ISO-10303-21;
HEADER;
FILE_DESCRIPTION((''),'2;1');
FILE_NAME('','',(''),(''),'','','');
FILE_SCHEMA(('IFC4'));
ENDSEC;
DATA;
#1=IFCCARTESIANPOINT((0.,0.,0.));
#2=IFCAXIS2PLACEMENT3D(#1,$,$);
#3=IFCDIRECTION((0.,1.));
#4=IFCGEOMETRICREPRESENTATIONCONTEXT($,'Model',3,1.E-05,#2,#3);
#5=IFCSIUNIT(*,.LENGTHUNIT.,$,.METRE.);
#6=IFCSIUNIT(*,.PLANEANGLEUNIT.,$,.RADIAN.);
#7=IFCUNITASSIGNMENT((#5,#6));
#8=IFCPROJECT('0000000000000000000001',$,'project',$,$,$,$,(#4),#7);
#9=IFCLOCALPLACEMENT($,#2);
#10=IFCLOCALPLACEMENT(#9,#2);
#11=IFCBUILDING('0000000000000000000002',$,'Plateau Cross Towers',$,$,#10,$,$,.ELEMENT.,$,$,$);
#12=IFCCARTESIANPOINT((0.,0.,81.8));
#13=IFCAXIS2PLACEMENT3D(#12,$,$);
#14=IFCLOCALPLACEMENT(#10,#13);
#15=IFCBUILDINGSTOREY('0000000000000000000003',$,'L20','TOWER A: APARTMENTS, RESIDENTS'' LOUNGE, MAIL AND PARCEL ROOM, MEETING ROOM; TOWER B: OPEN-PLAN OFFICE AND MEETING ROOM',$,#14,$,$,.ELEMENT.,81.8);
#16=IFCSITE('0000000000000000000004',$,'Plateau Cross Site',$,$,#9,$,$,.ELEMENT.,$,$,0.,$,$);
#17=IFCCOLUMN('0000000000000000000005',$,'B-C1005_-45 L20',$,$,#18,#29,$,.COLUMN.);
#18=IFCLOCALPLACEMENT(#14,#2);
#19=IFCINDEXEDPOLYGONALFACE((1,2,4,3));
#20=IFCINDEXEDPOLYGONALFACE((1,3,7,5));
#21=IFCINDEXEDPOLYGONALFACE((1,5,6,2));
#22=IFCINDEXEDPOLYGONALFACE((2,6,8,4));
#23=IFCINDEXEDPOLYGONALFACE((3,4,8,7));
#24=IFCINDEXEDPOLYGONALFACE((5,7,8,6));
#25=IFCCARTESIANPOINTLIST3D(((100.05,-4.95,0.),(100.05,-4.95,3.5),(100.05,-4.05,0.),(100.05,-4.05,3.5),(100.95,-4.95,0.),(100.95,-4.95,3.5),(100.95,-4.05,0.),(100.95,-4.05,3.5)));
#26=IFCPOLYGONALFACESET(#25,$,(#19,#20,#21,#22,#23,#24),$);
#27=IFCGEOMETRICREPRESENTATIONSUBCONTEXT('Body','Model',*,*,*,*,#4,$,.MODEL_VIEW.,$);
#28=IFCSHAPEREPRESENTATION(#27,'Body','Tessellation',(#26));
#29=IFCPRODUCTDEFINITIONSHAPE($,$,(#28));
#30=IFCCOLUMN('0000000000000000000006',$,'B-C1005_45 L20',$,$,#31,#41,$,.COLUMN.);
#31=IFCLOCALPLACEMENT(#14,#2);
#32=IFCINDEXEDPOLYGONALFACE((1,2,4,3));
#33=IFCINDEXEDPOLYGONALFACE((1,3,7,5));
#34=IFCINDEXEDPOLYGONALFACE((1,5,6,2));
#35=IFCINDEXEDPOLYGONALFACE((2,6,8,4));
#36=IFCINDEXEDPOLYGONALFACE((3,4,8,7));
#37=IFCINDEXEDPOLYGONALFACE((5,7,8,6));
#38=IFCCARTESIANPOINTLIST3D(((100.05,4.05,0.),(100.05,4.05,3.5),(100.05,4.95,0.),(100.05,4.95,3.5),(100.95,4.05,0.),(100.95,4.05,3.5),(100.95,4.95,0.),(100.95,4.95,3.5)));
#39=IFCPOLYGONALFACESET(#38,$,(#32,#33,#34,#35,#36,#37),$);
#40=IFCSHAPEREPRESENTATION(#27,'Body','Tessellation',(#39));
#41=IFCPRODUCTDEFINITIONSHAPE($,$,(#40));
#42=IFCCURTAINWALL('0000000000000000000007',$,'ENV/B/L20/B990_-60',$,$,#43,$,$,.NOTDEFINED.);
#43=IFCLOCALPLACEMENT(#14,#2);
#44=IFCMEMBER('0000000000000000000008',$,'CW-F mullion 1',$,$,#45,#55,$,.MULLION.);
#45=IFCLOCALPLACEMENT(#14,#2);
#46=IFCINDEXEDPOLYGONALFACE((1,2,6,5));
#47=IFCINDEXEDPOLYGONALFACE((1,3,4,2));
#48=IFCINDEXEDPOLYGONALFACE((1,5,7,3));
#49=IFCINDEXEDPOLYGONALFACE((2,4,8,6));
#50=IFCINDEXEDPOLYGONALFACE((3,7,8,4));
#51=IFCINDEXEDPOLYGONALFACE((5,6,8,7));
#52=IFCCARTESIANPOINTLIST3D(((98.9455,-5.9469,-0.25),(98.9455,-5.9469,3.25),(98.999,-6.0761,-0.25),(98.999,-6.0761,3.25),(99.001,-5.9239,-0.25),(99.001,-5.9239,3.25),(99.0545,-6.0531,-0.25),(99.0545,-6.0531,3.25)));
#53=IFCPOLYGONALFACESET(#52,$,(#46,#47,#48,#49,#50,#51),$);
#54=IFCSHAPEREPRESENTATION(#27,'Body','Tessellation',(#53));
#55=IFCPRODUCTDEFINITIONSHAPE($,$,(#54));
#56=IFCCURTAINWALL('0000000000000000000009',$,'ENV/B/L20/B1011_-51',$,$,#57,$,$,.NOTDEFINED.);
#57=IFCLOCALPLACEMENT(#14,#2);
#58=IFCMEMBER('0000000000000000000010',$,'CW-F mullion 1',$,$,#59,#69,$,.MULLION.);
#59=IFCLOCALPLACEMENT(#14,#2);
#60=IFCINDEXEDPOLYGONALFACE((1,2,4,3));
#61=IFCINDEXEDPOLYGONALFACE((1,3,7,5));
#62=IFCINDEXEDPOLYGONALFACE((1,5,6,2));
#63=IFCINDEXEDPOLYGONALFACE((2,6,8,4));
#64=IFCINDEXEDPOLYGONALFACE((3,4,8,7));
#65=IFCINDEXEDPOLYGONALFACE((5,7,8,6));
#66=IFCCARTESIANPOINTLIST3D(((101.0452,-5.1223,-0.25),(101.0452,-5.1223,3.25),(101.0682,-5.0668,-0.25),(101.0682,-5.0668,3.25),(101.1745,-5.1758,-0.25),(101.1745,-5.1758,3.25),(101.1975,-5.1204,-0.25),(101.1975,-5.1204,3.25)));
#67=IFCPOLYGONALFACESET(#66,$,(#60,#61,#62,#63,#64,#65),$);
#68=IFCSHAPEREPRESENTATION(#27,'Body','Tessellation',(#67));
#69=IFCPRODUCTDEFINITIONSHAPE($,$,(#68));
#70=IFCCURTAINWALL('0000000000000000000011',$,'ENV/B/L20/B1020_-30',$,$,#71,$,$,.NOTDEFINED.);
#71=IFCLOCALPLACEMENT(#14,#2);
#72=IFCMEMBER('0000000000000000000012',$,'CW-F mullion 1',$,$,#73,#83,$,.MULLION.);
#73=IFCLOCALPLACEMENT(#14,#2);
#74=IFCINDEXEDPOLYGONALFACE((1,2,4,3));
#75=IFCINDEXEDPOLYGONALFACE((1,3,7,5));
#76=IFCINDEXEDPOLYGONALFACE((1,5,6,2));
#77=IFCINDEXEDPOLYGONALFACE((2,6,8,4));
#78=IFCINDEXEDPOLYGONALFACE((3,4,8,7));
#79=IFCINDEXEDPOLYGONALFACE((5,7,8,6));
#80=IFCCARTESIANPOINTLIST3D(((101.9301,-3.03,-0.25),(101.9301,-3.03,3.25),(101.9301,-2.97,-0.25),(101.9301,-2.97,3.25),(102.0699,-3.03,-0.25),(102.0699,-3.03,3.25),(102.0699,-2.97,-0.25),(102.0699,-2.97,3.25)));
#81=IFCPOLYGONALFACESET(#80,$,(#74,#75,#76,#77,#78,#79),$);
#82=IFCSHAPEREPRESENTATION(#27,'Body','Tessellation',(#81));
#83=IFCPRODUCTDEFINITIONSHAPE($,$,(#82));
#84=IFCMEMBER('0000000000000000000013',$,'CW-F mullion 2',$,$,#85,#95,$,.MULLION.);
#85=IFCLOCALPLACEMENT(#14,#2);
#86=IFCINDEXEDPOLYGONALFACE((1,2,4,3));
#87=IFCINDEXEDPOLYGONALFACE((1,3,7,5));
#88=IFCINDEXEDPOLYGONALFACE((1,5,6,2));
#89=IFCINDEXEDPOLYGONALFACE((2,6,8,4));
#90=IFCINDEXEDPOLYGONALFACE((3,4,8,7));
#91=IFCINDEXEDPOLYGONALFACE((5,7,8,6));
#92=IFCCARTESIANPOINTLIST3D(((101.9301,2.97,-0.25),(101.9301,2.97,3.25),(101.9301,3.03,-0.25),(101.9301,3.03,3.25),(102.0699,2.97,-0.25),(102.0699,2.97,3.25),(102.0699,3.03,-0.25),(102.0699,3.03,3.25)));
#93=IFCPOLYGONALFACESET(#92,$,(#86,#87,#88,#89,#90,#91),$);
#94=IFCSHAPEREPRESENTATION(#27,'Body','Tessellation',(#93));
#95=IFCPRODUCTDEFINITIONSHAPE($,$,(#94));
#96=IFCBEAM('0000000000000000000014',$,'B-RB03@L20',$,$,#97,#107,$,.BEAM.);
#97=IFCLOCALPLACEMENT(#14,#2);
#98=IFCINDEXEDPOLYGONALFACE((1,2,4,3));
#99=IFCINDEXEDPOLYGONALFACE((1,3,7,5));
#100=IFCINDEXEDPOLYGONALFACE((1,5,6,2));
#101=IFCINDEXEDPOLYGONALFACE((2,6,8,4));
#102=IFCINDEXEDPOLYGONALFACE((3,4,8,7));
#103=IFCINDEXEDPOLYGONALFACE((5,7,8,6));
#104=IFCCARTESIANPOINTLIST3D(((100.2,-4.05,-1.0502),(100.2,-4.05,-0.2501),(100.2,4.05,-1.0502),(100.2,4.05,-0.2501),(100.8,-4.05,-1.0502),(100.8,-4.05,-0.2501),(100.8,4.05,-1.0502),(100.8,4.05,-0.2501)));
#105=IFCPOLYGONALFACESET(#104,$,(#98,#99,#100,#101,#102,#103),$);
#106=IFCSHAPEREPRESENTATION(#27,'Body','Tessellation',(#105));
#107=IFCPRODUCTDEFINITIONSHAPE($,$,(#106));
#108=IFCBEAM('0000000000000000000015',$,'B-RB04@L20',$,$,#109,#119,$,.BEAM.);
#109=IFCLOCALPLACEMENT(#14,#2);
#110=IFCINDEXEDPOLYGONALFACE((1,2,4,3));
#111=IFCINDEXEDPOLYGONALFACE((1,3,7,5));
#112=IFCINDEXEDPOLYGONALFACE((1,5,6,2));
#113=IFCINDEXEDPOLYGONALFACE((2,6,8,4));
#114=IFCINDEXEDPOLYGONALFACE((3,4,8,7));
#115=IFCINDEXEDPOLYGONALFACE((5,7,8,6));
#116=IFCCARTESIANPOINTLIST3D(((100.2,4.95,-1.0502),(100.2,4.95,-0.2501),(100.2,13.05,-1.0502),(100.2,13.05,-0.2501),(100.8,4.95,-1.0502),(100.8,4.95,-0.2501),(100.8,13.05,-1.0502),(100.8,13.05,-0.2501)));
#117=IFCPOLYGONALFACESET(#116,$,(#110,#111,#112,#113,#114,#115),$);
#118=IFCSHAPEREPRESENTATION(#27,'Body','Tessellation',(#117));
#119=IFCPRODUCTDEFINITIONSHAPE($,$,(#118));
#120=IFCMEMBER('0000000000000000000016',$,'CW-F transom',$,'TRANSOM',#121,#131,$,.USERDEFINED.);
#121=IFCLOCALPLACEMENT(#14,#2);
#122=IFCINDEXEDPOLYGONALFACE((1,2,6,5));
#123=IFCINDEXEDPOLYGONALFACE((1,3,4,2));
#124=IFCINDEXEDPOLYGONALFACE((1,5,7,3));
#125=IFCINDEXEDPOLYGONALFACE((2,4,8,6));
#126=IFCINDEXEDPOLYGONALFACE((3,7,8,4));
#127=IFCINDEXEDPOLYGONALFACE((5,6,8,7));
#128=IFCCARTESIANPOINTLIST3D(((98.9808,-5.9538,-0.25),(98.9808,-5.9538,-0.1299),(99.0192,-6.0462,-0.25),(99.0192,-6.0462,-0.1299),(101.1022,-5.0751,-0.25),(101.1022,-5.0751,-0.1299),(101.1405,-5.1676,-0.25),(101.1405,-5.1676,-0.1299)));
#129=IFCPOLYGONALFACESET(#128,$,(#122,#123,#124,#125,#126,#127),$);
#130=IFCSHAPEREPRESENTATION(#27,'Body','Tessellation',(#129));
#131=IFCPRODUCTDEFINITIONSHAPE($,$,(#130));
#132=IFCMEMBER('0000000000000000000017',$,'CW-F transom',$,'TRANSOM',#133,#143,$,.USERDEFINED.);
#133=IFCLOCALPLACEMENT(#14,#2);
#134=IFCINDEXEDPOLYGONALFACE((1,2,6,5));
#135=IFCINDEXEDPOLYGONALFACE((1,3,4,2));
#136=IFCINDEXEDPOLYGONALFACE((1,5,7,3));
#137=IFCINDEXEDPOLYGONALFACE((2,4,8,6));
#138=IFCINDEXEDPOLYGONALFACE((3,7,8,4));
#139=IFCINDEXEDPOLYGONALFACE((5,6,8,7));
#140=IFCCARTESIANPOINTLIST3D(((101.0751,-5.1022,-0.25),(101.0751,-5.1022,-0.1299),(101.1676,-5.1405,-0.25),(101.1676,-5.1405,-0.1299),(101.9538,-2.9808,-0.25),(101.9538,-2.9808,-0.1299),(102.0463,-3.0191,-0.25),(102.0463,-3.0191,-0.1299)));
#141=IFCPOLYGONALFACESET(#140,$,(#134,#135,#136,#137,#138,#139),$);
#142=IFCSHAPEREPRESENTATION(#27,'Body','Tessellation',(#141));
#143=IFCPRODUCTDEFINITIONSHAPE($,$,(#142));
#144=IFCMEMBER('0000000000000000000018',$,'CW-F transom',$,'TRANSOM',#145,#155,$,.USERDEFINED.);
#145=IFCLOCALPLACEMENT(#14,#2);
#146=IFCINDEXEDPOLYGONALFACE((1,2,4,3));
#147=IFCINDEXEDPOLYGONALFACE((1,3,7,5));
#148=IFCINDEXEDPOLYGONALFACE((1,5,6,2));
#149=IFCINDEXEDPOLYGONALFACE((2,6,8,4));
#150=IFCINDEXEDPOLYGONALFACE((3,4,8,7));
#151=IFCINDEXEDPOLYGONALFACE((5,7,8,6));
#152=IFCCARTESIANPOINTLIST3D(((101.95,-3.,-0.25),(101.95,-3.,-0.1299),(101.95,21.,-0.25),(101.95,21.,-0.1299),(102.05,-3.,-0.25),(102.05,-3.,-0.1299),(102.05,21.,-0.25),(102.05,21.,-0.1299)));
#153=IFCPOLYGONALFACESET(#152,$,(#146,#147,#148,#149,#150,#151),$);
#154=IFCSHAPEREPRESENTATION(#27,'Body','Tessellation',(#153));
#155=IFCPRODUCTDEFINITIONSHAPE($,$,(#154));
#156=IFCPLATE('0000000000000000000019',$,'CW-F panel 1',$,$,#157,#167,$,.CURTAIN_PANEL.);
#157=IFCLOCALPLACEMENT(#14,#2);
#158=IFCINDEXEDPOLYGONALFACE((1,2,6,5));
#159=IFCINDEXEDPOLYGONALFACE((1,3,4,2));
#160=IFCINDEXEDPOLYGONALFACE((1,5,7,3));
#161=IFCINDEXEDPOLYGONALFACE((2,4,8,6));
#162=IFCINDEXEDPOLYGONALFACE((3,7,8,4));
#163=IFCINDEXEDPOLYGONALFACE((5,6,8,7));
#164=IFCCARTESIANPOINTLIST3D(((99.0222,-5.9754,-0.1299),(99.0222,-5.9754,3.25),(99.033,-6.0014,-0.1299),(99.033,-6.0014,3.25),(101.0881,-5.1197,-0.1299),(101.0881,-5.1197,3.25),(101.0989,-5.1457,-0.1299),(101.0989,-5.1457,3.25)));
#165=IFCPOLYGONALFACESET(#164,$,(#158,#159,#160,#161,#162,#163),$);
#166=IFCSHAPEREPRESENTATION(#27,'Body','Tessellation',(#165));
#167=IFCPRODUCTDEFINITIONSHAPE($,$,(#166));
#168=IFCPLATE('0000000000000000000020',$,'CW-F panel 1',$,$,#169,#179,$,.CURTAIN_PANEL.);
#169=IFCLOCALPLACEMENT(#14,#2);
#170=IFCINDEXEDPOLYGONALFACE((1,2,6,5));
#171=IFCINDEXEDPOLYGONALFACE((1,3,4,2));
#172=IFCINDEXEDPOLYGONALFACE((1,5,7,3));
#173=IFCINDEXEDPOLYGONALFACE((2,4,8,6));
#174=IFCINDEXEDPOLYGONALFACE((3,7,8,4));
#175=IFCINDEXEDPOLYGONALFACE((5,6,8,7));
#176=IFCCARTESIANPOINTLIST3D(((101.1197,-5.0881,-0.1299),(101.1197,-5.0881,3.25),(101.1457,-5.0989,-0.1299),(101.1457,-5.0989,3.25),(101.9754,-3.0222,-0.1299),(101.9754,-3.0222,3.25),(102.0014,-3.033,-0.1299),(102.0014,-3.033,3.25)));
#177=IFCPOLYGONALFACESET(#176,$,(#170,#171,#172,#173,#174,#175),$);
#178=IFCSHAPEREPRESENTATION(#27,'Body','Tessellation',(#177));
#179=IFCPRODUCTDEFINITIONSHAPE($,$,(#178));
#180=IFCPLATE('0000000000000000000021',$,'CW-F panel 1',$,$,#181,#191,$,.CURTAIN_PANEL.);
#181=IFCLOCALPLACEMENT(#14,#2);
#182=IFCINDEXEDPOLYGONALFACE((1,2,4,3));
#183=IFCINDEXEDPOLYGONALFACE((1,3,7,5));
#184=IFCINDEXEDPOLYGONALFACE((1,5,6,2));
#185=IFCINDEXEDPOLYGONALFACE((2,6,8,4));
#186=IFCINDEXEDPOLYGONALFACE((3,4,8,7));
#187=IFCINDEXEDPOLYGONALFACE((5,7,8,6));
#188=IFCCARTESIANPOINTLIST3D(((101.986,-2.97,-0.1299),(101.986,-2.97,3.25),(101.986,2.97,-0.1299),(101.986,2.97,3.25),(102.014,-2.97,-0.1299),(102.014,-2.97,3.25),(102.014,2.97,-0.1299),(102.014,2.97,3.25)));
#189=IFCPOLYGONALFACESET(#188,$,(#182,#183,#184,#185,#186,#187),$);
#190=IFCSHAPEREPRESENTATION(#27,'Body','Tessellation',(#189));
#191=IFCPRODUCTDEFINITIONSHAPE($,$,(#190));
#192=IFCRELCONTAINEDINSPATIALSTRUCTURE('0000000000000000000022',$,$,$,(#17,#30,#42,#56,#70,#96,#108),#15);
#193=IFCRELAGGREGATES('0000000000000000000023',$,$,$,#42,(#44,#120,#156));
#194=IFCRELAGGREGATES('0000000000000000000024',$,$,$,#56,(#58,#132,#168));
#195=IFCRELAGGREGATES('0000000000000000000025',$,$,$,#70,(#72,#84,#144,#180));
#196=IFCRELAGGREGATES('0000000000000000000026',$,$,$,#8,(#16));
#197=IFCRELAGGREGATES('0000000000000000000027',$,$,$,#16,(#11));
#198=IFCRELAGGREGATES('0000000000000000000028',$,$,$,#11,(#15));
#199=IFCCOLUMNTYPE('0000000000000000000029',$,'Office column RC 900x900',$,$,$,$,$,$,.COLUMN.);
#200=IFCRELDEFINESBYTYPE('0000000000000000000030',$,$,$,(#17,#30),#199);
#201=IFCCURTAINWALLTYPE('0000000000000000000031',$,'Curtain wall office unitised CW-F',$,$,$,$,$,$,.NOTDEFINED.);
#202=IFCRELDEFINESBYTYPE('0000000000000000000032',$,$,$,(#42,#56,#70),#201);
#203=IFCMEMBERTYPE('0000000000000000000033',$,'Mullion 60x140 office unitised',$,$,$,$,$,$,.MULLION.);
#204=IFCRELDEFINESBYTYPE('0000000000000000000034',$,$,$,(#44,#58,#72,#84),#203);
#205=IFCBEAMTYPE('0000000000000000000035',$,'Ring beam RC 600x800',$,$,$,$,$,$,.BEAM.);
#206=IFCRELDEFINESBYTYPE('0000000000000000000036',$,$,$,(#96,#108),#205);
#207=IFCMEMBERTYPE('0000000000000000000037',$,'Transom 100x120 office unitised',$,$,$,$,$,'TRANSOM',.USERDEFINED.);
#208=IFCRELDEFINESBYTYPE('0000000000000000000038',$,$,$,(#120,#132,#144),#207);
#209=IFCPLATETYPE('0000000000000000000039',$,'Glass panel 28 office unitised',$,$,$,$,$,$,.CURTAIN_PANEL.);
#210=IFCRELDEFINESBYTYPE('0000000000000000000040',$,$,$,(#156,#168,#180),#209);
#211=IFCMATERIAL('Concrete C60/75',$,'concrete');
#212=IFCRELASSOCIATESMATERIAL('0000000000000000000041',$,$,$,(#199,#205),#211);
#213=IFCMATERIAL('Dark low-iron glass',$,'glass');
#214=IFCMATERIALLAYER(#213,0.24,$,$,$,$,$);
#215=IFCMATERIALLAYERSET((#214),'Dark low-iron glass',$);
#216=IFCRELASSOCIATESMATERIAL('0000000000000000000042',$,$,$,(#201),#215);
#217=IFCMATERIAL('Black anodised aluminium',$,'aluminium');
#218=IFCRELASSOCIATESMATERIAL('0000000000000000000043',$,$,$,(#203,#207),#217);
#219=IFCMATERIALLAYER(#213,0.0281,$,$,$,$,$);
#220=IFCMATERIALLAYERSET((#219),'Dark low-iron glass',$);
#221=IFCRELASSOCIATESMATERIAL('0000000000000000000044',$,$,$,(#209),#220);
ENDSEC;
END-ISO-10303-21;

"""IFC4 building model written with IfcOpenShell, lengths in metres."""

from ifc_helpers import new_model, si_unit, direction, frame, origin, origin_2d, place, context, subcontext, project, spatial, rectangle, extrude, material, layer, layer_set, material_profile, profile_set, type_object, element, aggregate, save


model = new_model("IFC4")

# Units and contexts
model_context = context("Model", 3, precision=1e-05, world=origin(), true_north=direction((0.0, 1.0)))
body_context = subcontext(model_context, "Body", "Model", "MODEL_VIEW")
ifc_project = project(units=[si_unit("LENGTHUNIT", "METRE"), si_unit("PLANEANGLEUNIT", "RADIAN")], contexts=[model_context])

# Site, building, storey
site_placement = place(None, origin())
site = spatial("IfcSite", under=ifc_project, at=site_placement, Name="Plateau Cross Site", CompositionType="ELEMENT", RefElevation=0.0)
building_placement = place(site_placement, origin())
building = spatial("IfcBuilding", under=site, at=building_placement, Name="Plateau Cross Towers", CompositionType="ELEMENT")
storey_placement = place(building_placement, frame((0.0, 0.0, 81.8)))
storey = spatial("IfcBuildingStorey", under=building, at=storey_placement, Name="L20", Description="TOWER A: APARTMENTS, RESIDENTS' LOUNGE, MAIL AND PARCEL ROOM, MEETING ROOM; TOWER B: OPEN-PLAN OFFICE AND MEETING ROOM", CompositionType="ELEMENT", Elevation=81.8)

# Columns
ifc_material_1 = material(Name="Concrete C60/75", Category="concrete")
ifc_material_profile_1 = material_profile(ifc_material_1, rectangle(XDim=0.8999, YDim=0.8999, at=origin_2d()), Name="RC 900x900")
ifc_profile_set_1 = profile_set([ifc_material_profile_1], Name="Concrete C60/75")
column_type = type_object("IfcColumnType", Name="Office column RC 900x900", PredefinedType="COLUMN", material=ifc_profile_set_1)
for number, where, z_axis, x_axis, name in (
    (1, (100.5, -4.5, 0.0), (0.0, 0.0, 1.0), (1.0, 0.0, 0.0), "B-C1005_-45 L20"),
    (2, (100.5, 4.5, 0.0), (0.0, 0.0, 1.0), (1.0, 0.0, 0.0), "B-C1005_45 L20"),
):
    element("IfcColumn", number, at=place(storey_placement, frame(where, z_axis=z_axis, x_axis=x_axis)), inside=storey, type_object=column_type, Name=name, PredefinedType="COLUMN", context=body_context, shape_type="SweptSolid", body=[
        extrude(rectangle(XDim=0.8999, YDim=0.8999, at=origin_2d()), origin(), (0.0, 0.0, 1.0), 3.5),
    ])

# Curtain walls, members
ifc_material_2 = material(Name="Dark low-iron glass", Category="glass")
ifc_layer_1 = layer(ifc_material_2, 0.24)
ifc_layer_set_1 = layer_set([ifc_layer_1], Name="Dark low-iron glass")
curtain_wall_type = type_object("IfcCurtainWallType", Name="Curtain wall office unitised CW-F", PredefinedType="NOTDEFINED", material=ifc_layer_set_1)
curtain_wall_1_placement = place(storey_placement, origin())
curtain_wall_1 = element("IfcCurtainWall", 3, at=curtain_wall_1_placement, inside=storey, type_object=curtain_wall_type, Name="ENV/B/L20/B990_-60", PredefinedType="NOTDEFINED")
ifc_material_3 = material(Name="Black anodised aluminium", Category="aluminium")
ifc_material_profile_2 = material_profile(ifc_material_3, rectangle(XDim=0.0601, YDim=0.1399, at=origin_2d()), Name="MULLION 60x140")
ifc_profile_set_2 = profile_set([ifc_material_profile_2], Name="Black anodised aluminium")
member_type_1 = type_object("IfcMemberType", Name="Mullion 60x140 office unitised", PredefinedType="MULLION", material=ifc_profile_set_2)
member_1_placement = place(storey_placement, frame((99.0, -6.0, -0.25), z_axis=(0.0, 0.0, 1.0), x_axis=(0.923879, 0.382684, 0.0)))
member_1 = element("IfcMember", 4, at=member_1_placement, type_object=member_type_1, Name="CW-F mullion 1", PredefinedType="MULLION", context=body_context, shape_type="SweptSolid", body=[
    extrude(rectangle(XDim=0.0601, YDim=0.1399, at=origin_2d()), origin(), (0.0, 0.0, 1.0), 3.5),
])
curtain_wall_2_placement = place(storey_placement, origin())
curtain_wall_2 = element("IfcCurtainWall", 5, at=curtain_wall_2_placement, inside=storey, type_object=curtain_wall_type, Name="ENV/B/L20/B1011_-51", PredefinedType="NOTDEFINED")
member_2_placement = place(storey_placement, frame((101.1213, -5.1213, -0.25), z_axis=(0.0, 0.0, 1.0), x_axis=(0.382684, 0.923879, 0.0)))
member_2 = element("IfcMember", 6, at=member_2_placement, type_object=member_type_1, Name="CW-F mullion 1", PredefinedType="MULLION", context=body_context, shape_type="SweptSolid", body=[
    extrude(rectangle(XDim=0.0601, YDim=0.1399, at=origin_2d()), origin(), (0.0, 0.0, 1.0), 3.5),
])

# Curtain wall, members
curtain_wall_3_placement = place(storey_placement, origin())
curtain_wall_3 = element("IfcCurtainWall", 7, at=curtain_wall_3_placement, inside=storey, type_object=curtain_wall_type, Name="ENV/B/L20/B1020_-30", PredefinedType="NOTDEFINED")
member_3_placement = place(storey_placement, frame((102.0, -3.0, -0.25), z_axis=(0.0, 0.0, 1.0), x_axis=(0.0, 1.0, 0.0)))
member_3 = element("IfcMember", 8, at=member_3_placement, type_object=member_type_1, Name="CW-F mullion 1", PredefinedType="MULLION", context=body_context, shape_type="SweptSolid", body=[
    extrude(rectangle(XDim=0.0601, YDim=0.1399, at=origin_2d()), origin(), (0.0, 0.0, 1.0), 3.5),
])
member_4_placement = place(storey_placement, frame((102.0, 3.0, -0.25), z_axis=(0.0, 0.0, 1.0), x_axis=(0.0, 1.0, 0.0)))
member_4 = element("IfcMember", 9, at=member_4_placement, type_object=member_type_1, Name="CW-F mullion 2", PredefinedType="MULLION", context=body_context, shape_type="SweptSolid", body=[
    extrude(rectangle(XDim=0.0601, YDim=0.1399, at=origin_2d()), origin(), (0.0, 0.0, 1.0), 3.5),
])

# Beams
ifc_material_profile_3 = material_profile(ifc_material_1, rectangle(XDim=0.6001, YDim=0.8, at=origin_2d()), Name="RC 600x800")
ifc_profile_set_3 = profile_set([ifc_material_profile_3], Name="Concrete C60/75")
beam_type = type_object("IfcBeamType", Name="Ring beam RC 600x800", PredefinedType="BEAM", material=ifc_profile_set_3)
for number, where, z_axis, x_axis, name in (
    (10, (100.5, -4.05, -0.6501), (0.0, 1.0, 0.0), (-1.0, 0.0, 0.0), "B-RB03@L20"),
    (11, (100.5, 4.95, -0.6501), (0.0, 1.0, 0.0), (-1.0, 0.0, 0.0), "B-RB04@L20"),
):
    element("IfcBeam", number, at=place(storey_placement, frame(where, z_axis=z_axis, x_axis=x_axis)), inside=storey, type_object=beam_type, Name=name, PredefinedType="BEAM", context=body_context, shape_type="SweptSolid", body=[
        extrude(rectangle(XDim=0.6001, YDim=0.8, at=origin_2d()), origin(), (0.0, 0.0, 1.0), 8.1001),
    ])

# Members
ifc_material_profile_4 = material_profile(ifc_material_3, rectangle(XDim=0.1001, YDim=0.1201, at=origin_2d()), Name="TRANSOM 100x120")
ifc_profile_set_4 = profile_set([ifc_material_profile_4], Name="Black anodised aluminium")
member_type_2 = type_object("IfcMemberType", Name="Transom 100x120 office unitised", ElementType="TRANSOM", PredefinedType="USERDEFINED", material=ifc_profile_set_4)
member_5_placement = place(storey_placement, frame((99.0, -6.0, -0.1899), z_axis=(0.923883, 0.382674, 0.0), x_axis=(-0.382674, 0.923883, 0.0)))
member_5 = element("IfcMember", 12, at=member_5_placement, type_object=member_type_2, Name="CW-F transom", ObjectType="TRANSOM", PredefinedType="USERDEFINED", context=body_context, shape_type="SweptSolid", body=[
    extrude(rectangle(XDim=0.1001, YDim=0.1201, at=origin_2d()), origin(), (0.0, 0.0, 1.0), 2.2961),
])
member_6_placement = place(storey_placement, frame((101.1213, -5.1213, -0.1899), z_axis=(0.382674, 0.923883, 0.0), x_axis=(-0.923883, 0.382674, 0.0)))
member_6 = element("IfcMember", 13, at=member_6_placement, type_object=member_type_2, Name="CW-F transom", ObjectType="TRANSOM", PredefinedType="USERDEFINED", context=body_context, shape_type="SweptSolid", body=[
    extrude(rectangle(XDim=0.1001, YDim=0.1201, at=origin_2d()), origin(), (0.0, 0.0, 1.0), 2.2961),
])
member_7_placement = place(storey_placement, frame((102.0, -3.0, -0.1899), z_axis=(0.0, 1.0, 0.0), x_axis=(-1.0, 0.0, 0.0)))
member_7 = element("IfcMember", 14, at=member_7_placement, type_object=member_type_2, Name="CW-F transom", ObjectType="TRANSOM", PredefinedType="USERDEFINED", context=body_context, shape_type="SweptSolid", body=[
    extrude(rectangle(XDim=0.1001, YDim=0.1201, at=origin_2d()), origin(), (0.0, 0.0, 1.0), 24.0),
])

# Plates
ifc_layer_2 = layer(ifc_material_2, 0.0281)
ifc_layer_set_2 = layer_set([ifc_layer_2], Name="Dark low-iron glass")
plate_type = type_object("IfcPlateType", Name="Glass panel 28 office unitised", PredefinedType="CURTAIN_PANEL", material=ifc_layer_set_2)
plate_1_placement = place(storey_placement, frame((100.0605, -5.5605, -0.1299), z_axis=(0.0, 0.0, 1.0), x_axis=(0.923879, 0.382684, 0.0)))
plate_1 = element("IfcPlate", 15, at=plate_1_placement, type_object=plate_type, Name="CW-F panel 1", PredefinedType="CURTAIN_PANEL", context=body_context, shape_type="SweptSolid", body=[
    extrude(rectangle(XDim=2.2361, YDim=0.0281, at=origin_2d()), origin(), (0.0, 0.0, 1.0), 3.3799),
])
aggregate(curtain_wall_1, [member_1, member_5, plate_1])
plate_2_placement = place(storey_placement, frame((101.5605, -4.0605, -0.1299), z_axis=(0.0, 0.0, 1.0), x_axis=(0.382684, 0.923879, 0.0)))
plate_2 = element("IfcPlate", 16, at=plate_2_placement, type_object=plate_type, Name="CW-F panel 1", PredefinedType="CURTAIN_PANEL", context=body_context, shape_type="SweptSolid", body=[
    extrude(rectangle(XDim=2.2361, YDim=0.0281, at=origin_2d()), origin(), (0.0, 0.0, 1.0), 3.3799),
])
aggregate(curtain_wall_2, [member_2, member_6, plate_2])
plate_3_placement = place(storey_placement, frame((102.0, 0.0, -0.1299), z_axis=(0.0, 0.0, 1.0), x_axis=(0.0, 1.0, 0.0)))
plate_3 = element("IfcPlate", 17, at=plate_3_placement, type_object=plate_type, Name="CW-F panel 1", PredefinedType="CURTAIN_PANEL", context=body_context, shape_type="SweptSolid", body=[
    extrude(rectangle(XDim=5.9399, YDim=0.0281, at=origin_2d()), origin(), (0.0, 0.0, 1.0), 3.3799),
])
aggregate(curtain_wall_3, [member_3, member_4, member_7, plate_3])

save(model, "model.ifc")
